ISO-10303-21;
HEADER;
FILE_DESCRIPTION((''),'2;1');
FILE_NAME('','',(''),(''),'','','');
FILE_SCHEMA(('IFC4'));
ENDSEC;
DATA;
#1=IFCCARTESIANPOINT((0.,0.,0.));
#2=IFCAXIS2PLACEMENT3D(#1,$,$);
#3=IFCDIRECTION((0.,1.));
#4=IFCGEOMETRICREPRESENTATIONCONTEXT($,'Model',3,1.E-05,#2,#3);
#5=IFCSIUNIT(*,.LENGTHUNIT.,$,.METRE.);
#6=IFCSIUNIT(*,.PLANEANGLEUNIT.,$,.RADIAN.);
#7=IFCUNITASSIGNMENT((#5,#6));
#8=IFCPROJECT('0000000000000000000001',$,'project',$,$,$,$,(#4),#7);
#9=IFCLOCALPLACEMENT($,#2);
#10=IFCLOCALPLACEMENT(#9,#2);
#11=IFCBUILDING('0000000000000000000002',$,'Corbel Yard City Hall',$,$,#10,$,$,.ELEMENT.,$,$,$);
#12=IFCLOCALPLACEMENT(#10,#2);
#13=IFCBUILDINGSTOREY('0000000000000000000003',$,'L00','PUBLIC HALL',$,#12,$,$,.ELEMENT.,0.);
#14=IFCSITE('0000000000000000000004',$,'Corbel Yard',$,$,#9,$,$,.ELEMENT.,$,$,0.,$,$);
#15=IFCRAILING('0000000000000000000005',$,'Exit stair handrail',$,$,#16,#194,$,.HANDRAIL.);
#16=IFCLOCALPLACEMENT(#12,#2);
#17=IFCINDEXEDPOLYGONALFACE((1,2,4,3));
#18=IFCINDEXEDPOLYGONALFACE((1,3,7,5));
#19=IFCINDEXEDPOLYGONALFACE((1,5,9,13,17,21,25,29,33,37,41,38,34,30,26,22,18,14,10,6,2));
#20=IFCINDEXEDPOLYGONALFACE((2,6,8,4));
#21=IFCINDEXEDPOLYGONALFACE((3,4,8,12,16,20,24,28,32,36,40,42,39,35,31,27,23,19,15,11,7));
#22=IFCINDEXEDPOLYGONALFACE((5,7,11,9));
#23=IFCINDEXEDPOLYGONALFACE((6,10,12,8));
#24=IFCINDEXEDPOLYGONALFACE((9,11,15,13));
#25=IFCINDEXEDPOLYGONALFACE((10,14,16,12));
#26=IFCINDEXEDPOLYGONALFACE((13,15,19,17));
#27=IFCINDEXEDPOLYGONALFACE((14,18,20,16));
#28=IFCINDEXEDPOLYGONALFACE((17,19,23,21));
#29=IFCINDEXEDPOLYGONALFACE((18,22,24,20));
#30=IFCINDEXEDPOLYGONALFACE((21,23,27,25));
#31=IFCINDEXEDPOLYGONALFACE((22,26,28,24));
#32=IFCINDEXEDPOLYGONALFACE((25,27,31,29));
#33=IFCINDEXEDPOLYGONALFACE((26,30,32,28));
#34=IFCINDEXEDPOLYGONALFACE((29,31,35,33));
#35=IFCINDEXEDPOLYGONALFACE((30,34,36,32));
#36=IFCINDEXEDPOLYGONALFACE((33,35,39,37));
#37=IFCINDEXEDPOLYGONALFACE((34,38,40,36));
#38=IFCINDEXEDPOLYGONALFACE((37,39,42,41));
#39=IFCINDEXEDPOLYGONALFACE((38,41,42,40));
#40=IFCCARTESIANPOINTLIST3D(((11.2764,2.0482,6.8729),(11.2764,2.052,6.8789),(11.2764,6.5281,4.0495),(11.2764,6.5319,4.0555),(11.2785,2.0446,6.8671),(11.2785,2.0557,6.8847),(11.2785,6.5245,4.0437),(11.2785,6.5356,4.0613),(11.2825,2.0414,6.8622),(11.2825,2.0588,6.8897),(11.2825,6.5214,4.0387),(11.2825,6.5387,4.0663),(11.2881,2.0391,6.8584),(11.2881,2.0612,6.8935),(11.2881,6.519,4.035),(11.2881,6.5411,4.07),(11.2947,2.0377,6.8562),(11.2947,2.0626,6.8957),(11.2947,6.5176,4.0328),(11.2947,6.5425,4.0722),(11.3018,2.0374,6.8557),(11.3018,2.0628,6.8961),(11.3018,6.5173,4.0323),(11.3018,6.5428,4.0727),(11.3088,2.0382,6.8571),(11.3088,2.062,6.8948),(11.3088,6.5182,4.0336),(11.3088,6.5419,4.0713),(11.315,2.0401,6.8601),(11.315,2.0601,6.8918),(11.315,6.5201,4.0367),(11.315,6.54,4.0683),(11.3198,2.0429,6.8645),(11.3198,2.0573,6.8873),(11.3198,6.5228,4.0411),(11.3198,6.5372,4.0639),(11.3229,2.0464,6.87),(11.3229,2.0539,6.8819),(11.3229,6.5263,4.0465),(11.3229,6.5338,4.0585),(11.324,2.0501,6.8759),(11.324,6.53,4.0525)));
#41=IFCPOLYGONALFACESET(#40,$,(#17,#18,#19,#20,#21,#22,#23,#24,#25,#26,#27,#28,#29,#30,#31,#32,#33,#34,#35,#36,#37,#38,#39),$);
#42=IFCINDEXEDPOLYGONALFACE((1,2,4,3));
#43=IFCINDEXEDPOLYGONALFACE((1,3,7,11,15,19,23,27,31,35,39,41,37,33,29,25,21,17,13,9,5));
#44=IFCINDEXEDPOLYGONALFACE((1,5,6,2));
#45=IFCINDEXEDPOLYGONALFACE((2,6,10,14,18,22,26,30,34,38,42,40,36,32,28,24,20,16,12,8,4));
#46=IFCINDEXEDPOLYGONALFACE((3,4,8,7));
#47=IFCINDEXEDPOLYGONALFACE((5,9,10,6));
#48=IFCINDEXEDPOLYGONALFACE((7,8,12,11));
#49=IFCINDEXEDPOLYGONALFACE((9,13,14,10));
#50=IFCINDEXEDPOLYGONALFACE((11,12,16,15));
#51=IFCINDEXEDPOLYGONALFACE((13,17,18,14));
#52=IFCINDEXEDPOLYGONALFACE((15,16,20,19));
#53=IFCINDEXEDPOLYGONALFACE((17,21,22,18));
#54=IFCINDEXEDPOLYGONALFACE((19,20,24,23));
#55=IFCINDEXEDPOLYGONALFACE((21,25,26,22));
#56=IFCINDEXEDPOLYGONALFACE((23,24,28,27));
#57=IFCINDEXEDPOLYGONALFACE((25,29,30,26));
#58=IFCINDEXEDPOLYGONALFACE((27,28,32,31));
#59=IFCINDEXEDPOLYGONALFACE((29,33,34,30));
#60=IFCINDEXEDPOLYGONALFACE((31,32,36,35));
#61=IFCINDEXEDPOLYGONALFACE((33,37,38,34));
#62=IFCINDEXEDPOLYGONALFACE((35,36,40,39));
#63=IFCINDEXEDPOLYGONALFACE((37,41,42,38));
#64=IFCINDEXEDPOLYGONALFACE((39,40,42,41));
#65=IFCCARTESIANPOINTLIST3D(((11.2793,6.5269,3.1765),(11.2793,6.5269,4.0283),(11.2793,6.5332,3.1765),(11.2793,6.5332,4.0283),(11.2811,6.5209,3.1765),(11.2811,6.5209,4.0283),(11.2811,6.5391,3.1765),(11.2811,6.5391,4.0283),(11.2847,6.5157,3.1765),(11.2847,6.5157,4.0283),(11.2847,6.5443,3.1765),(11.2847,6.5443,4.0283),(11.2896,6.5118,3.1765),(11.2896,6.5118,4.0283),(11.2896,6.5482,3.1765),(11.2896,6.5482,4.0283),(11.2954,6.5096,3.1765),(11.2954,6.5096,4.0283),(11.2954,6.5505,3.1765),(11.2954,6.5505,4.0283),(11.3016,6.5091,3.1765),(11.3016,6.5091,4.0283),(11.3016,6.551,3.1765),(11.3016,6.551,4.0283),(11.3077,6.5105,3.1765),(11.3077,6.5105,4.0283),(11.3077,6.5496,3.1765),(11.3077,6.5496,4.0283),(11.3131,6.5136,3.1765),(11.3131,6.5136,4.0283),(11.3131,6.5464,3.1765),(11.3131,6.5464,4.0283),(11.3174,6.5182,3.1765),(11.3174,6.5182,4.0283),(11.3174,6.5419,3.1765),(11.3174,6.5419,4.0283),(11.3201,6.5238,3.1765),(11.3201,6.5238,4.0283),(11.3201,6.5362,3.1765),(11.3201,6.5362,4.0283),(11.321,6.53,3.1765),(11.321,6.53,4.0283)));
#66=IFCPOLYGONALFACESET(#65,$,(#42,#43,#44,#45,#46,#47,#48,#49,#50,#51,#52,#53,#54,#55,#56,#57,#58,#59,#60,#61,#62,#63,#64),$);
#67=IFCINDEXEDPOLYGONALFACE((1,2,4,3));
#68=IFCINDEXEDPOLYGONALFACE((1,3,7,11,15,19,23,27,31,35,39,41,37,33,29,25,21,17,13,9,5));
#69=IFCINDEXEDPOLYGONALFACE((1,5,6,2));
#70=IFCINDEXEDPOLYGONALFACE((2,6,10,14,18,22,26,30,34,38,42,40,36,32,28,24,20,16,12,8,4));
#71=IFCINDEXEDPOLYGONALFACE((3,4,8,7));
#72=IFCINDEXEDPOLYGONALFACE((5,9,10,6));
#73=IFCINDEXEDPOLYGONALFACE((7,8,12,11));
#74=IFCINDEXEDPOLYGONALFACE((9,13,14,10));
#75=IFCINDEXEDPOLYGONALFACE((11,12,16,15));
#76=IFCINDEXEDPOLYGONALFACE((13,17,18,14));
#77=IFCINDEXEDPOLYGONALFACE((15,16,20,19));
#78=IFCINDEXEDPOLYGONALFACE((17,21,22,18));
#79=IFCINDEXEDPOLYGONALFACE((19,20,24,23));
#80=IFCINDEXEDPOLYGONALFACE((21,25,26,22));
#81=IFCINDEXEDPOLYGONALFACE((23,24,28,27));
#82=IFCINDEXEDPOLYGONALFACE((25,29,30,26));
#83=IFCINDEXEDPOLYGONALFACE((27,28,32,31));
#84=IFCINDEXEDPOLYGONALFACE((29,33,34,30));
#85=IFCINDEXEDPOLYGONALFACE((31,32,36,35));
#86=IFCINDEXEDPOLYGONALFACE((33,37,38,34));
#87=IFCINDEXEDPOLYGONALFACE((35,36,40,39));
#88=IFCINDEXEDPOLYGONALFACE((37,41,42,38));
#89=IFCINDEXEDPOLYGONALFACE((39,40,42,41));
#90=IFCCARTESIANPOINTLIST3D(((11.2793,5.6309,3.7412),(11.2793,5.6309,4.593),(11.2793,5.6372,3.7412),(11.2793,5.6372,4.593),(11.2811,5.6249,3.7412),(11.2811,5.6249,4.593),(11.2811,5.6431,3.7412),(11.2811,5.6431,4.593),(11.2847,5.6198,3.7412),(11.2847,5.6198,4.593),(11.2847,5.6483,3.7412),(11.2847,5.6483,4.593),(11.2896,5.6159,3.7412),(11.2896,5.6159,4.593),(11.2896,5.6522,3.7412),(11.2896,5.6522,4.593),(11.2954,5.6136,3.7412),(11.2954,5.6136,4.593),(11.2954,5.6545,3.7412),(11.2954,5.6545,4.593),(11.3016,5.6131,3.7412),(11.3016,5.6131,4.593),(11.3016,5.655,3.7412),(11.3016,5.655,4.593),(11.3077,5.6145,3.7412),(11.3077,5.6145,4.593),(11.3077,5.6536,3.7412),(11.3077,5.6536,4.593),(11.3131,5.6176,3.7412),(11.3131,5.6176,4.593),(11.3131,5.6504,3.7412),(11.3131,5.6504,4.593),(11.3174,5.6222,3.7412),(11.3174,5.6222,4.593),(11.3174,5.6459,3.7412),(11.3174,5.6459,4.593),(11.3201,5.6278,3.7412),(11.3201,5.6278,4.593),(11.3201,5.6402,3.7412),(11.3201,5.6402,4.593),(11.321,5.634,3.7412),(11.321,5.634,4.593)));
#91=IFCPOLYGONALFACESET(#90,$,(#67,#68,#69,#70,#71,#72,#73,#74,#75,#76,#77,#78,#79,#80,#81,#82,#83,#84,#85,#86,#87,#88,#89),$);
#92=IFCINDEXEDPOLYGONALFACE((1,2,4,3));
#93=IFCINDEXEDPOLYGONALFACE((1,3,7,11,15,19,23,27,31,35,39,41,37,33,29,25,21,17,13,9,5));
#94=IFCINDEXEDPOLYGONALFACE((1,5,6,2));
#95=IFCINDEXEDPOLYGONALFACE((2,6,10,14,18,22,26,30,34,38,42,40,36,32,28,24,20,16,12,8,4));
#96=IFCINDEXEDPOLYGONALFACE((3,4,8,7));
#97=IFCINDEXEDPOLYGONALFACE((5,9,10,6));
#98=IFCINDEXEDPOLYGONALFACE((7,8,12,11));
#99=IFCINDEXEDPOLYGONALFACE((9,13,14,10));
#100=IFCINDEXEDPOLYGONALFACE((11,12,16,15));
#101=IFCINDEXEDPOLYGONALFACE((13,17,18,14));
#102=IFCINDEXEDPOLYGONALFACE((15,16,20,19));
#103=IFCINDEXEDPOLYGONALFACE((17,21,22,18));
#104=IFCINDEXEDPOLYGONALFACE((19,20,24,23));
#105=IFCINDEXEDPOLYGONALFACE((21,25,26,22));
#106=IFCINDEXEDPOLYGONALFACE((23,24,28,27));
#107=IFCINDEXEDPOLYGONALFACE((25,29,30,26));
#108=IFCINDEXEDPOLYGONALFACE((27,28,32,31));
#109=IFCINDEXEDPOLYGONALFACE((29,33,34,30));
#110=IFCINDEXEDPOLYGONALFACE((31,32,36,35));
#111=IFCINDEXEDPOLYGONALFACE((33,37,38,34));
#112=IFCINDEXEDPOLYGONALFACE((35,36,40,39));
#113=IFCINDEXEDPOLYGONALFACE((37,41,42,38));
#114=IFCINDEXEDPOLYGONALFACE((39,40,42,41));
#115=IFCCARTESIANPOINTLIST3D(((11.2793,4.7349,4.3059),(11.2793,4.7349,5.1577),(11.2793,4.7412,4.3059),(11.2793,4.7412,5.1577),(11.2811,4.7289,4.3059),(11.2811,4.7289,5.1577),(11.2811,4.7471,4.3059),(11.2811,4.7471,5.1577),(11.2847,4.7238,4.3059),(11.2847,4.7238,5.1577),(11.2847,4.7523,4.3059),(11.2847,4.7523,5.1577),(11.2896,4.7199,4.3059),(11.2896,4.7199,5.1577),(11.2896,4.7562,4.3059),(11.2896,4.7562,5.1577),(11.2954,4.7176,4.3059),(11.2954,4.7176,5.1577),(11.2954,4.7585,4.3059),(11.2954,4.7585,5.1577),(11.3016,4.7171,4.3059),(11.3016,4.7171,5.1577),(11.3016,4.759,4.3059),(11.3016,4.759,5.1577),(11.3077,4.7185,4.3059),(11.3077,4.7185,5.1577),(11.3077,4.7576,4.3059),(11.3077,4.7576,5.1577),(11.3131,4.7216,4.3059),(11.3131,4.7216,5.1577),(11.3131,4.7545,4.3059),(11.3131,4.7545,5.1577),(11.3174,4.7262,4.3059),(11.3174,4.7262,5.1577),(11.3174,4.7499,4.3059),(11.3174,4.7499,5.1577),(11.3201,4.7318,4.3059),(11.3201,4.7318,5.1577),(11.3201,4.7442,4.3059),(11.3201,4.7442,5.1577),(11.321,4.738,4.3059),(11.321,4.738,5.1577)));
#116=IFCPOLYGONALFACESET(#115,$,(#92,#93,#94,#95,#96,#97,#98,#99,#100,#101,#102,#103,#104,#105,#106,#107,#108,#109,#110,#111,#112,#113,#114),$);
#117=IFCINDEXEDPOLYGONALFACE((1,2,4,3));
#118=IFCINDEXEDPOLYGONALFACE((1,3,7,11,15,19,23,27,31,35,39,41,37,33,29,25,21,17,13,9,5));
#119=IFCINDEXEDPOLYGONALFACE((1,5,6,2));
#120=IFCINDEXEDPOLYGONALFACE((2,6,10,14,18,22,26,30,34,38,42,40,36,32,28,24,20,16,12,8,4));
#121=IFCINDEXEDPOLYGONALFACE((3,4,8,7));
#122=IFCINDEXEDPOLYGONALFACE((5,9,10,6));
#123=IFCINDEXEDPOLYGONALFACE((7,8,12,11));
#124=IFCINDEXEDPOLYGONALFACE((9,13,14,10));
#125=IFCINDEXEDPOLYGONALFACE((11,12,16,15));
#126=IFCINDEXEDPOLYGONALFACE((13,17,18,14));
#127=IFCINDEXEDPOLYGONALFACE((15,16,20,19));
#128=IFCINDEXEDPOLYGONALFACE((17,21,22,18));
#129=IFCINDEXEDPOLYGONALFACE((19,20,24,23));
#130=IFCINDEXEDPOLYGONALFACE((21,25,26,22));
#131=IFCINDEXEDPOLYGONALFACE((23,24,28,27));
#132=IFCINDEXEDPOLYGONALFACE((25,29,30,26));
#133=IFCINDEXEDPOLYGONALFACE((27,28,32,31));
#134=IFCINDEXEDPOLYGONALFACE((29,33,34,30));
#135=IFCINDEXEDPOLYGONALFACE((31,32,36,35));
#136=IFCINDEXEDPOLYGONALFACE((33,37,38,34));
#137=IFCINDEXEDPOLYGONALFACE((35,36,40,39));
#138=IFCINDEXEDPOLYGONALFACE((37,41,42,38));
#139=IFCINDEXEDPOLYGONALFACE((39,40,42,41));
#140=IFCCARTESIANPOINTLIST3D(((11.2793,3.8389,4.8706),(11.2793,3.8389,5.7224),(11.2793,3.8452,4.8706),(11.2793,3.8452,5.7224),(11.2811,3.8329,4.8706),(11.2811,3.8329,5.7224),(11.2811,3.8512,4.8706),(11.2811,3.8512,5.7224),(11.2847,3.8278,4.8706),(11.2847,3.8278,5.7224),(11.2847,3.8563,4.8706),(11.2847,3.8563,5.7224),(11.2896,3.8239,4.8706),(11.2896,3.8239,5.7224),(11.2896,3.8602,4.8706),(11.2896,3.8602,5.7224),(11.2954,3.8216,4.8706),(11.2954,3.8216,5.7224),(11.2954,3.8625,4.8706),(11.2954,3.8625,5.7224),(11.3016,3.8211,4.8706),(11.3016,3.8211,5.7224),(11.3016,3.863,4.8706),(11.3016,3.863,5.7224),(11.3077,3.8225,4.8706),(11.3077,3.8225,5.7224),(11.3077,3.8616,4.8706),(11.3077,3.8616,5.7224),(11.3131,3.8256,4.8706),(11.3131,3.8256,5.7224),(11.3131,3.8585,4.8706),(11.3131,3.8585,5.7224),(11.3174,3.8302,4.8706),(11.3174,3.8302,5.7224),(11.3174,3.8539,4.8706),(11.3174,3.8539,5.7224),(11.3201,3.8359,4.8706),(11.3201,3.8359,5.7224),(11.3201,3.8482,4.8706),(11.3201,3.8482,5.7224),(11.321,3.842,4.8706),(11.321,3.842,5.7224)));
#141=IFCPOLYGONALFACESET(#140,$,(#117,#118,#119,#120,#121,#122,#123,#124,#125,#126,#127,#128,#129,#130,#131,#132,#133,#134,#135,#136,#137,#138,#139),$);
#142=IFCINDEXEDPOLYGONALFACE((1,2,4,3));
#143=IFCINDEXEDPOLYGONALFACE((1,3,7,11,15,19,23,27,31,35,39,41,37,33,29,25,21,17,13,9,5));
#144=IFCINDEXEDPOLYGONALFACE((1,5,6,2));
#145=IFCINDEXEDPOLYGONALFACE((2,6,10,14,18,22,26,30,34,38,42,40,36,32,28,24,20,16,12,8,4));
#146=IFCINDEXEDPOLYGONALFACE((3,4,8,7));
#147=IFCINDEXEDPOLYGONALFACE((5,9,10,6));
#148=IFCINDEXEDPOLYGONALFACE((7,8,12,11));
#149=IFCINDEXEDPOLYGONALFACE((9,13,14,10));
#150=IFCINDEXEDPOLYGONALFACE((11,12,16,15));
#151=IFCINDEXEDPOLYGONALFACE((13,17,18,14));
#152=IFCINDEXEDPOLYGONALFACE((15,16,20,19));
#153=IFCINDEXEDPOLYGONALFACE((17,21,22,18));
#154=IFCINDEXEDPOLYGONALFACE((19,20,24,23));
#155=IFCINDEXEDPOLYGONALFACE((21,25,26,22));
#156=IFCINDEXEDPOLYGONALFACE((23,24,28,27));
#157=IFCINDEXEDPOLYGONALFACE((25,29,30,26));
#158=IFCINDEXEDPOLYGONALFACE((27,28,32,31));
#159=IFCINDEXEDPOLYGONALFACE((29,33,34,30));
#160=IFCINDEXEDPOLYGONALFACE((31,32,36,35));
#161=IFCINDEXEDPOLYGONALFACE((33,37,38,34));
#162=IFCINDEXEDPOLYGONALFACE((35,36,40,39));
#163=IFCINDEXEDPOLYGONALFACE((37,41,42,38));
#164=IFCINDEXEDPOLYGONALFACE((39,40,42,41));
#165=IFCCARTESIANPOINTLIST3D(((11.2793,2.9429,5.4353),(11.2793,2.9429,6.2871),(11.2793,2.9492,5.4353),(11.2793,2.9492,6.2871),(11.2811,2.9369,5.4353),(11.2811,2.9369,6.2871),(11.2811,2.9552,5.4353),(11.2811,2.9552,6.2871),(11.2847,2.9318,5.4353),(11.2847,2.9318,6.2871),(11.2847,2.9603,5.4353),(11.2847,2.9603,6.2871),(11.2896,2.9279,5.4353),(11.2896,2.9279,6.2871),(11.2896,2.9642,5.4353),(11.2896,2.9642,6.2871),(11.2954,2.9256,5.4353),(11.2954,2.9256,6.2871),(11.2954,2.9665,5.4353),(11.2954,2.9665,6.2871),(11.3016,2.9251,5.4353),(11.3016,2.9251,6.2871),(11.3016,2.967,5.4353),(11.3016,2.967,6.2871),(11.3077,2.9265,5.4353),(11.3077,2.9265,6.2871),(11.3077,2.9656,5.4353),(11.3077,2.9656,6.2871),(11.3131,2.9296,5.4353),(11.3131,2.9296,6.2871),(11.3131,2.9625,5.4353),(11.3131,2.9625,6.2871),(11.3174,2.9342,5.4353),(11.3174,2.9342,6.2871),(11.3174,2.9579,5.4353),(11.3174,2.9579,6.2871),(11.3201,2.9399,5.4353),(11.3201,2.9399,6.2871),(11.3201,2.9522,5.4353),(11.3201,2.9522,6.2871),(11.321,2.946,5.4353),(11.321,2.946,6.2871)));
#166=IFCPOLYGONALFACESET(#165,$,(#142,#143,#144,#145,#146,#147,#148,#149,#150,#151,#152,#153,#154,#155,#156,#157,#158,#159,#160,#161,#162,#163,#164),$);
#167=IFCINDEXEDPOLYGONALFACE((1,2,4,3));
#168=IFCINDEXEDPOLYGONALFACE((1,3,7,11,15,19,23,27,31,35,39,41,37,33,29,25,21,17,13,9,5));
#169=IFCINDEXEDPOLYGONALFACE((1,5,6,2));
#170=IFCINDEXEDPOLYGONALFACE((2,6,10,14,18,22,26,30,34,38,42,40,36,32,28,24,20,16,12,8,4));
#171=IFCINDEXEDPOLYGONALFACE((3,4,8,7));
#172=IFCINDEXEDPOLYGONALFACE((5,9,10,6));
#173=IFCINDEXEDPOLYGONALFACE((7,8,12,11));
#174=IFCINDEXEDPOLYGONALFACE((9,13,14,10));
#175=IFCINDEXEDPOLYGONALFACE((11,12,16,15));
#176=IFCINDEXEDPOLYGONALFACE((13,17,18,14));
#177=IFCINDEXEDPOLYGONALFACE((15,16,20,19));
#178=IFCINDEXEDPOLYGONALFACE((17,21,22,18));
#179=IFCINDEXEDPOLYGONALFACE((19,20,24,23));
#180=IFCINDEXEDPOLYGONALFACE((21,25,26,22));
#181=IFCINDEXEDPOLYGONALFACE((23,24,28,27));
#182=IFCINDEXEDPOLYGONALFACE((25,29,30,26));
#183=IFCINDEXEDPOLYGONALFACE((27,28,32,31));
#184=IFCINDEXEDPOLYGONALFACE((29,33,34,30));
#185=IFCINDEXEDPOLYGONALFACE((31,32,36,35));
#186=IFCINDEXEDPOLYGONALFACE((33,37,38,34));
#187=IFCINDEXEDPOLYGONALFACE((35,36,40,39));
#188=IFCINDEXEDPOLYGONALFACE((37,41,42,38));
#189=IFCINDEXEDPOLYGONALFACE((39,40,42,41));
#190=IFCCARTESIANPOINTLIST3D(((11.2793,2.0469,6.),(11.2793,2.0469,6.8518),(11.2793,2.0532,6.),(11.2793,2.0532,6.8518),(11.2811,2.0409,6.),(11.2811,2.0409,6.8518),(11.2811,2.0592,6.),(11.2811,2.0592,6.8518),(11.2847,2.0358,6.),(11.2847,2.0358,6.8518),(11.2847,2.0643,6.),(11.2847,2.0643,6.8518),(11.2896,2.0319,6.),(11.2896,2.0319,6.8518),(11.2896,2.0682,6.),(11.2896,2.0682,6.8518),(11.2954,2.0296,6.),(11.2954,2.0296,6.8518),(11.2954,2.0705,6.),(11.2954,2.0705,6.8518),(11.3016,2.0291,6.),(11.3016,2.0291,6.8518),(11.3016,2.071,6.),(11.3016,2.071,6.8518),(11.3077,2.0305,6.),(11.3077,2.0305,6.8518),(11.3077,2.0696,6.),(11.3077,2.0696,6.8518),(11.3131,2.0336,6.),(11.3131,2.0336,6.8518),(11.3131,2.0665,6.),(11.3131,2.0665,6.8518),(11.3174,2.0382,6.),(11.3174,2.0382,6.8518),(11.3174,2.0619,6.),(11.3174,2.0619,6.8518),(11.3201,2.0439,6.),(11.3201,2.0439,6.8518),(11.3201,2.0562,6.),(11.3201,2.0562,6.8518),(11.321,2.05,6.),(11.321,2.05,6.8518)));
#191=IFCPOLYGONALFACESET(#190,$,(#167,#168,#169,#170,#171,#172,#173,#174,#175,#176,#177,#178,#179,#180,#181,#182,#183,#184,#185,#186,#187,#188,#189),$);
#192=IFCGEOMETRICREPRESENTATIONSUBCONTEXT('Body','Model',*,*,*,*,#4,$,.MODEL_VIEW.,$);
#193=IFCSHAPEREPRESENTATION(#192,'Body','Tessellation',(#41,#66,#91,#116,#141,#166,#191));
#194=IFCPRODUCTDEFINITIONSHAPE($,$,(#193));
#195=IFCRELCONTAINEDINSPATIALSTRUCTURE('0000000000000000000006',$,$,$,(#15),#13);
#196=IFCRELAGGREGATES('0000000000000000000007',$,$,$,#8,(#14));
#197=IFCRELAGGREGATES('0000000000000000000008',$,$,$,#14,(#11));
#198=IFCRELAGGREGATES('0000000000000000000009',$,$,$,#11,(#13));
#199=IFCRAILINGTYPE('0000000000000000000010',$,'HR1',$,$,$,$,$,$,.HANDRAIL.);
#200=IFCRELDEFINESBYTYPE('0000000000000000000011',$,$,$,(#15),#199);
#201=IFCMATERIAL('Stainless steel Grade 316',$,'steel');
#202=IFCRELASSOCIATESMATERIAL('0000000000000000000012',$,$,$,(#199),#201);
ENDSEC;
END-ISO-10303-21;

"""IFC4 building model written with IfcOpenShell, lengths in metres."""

from ifc_helpers import new_model, si_unit, direction, frame, origin, origin_2d, place, context, subcontext, project, spatial, circle, extrude, material, type_object, element, save


model = new_model("IFC4")

# Units and contexts
model_context = context("Model", 3, precision=1e-05, world=origin(), true_north=direction((0.0, 1.0)))
body_context = subcontext(model_context, "Body", "Model", "MODEL_VIEW")
ifc_project = project(units=[si_unit("LENGTHUNIT", "METRE"), si_unit("PLANEANGLEUNIT", "RADIAN")], contexts=[model_context])

# Site, building, storey
site_placement = place(None, origin())
site = spatial("IfcSite", under=ifc_project, at=site_placement, Name="Corbel Yard", CompositionType="ELEMENT", RefElevation=0.0)
building_placement = place(site_placement, origin())
building = spatial("IfcBuilding", under=site, at=building_placement, Name="Corbel Yard City Hall", CompositionType="ELEMENT")
storey_placement = place(building_placement, origin())
storey = spatial("IfcBuildingStorey", under=building, at=storey_placement, Name="L00", Description="PUBLIC HALL", CompositionType="ELEMENT", Elevation=0.0)

# Railing
ifc_material_1 = material(Name="Stainless steel Grade 316", Category="steel")
railing_type = type_object("IfcRailingType", Name="HR1", PredefinedType="HANDRAIL", material=ifc_material_1)
for number, where, name in (
    (1, (11.3, 6.53, 3.1765), "Exit stair handrail"),
):
    element("IfcRailing", number, at=place(storey_placement, frame(where)), inside=storey, type_object=railing_type, Name=name, PredefinedType="HANDRAIL", context=body_context, shape_type="SweptSolid", body=[
        extrude(circle(Radius=0.0239, at=origin_2d()), frame((0.0, 0.0, 0.876), z_axis=(0.0, -0.845998, 0.533186), x_axis=(1.0, 0.0, 0.0)), (0.0, 0.0, 1.0), 5.2954),
        extrude(circle(Radius=0.021, at=origin_2d()), origin(), (0.0, 0.0, 1.0), 0.8518),
        extrude(circle(Radius=0.021, at=origin_2d()), frame((0.0, -0.896, 0.5647)), (0.0, 0.0, 1.0), 0.8518),
        extrude(circle(Radius=0.021, at=origin_2d()), frame((0.0, -1.792, 1.1294)), (0.0, 0.0, 1.0), 0.8518),
        extrude(circle(Radius=0.021, at=origin_2d()), frame((0.0, -2.688, 1.6941)), (0.0, 0.0, 1.0), 0.8518),
        extrude(circle(Radius=0.021, at=origin_2d()), frame((0.0, -3.584, 2.2588)), (0.0, 0.0, 1.0), 0.8518),
        extrude(circle(Radius=0.021, at=origin_2d()), frame((0.0, -4.48, 2.8235)), (0.0, 0.0, 1.0), 0.8518),
    ])

save(model, "model.ifc")
